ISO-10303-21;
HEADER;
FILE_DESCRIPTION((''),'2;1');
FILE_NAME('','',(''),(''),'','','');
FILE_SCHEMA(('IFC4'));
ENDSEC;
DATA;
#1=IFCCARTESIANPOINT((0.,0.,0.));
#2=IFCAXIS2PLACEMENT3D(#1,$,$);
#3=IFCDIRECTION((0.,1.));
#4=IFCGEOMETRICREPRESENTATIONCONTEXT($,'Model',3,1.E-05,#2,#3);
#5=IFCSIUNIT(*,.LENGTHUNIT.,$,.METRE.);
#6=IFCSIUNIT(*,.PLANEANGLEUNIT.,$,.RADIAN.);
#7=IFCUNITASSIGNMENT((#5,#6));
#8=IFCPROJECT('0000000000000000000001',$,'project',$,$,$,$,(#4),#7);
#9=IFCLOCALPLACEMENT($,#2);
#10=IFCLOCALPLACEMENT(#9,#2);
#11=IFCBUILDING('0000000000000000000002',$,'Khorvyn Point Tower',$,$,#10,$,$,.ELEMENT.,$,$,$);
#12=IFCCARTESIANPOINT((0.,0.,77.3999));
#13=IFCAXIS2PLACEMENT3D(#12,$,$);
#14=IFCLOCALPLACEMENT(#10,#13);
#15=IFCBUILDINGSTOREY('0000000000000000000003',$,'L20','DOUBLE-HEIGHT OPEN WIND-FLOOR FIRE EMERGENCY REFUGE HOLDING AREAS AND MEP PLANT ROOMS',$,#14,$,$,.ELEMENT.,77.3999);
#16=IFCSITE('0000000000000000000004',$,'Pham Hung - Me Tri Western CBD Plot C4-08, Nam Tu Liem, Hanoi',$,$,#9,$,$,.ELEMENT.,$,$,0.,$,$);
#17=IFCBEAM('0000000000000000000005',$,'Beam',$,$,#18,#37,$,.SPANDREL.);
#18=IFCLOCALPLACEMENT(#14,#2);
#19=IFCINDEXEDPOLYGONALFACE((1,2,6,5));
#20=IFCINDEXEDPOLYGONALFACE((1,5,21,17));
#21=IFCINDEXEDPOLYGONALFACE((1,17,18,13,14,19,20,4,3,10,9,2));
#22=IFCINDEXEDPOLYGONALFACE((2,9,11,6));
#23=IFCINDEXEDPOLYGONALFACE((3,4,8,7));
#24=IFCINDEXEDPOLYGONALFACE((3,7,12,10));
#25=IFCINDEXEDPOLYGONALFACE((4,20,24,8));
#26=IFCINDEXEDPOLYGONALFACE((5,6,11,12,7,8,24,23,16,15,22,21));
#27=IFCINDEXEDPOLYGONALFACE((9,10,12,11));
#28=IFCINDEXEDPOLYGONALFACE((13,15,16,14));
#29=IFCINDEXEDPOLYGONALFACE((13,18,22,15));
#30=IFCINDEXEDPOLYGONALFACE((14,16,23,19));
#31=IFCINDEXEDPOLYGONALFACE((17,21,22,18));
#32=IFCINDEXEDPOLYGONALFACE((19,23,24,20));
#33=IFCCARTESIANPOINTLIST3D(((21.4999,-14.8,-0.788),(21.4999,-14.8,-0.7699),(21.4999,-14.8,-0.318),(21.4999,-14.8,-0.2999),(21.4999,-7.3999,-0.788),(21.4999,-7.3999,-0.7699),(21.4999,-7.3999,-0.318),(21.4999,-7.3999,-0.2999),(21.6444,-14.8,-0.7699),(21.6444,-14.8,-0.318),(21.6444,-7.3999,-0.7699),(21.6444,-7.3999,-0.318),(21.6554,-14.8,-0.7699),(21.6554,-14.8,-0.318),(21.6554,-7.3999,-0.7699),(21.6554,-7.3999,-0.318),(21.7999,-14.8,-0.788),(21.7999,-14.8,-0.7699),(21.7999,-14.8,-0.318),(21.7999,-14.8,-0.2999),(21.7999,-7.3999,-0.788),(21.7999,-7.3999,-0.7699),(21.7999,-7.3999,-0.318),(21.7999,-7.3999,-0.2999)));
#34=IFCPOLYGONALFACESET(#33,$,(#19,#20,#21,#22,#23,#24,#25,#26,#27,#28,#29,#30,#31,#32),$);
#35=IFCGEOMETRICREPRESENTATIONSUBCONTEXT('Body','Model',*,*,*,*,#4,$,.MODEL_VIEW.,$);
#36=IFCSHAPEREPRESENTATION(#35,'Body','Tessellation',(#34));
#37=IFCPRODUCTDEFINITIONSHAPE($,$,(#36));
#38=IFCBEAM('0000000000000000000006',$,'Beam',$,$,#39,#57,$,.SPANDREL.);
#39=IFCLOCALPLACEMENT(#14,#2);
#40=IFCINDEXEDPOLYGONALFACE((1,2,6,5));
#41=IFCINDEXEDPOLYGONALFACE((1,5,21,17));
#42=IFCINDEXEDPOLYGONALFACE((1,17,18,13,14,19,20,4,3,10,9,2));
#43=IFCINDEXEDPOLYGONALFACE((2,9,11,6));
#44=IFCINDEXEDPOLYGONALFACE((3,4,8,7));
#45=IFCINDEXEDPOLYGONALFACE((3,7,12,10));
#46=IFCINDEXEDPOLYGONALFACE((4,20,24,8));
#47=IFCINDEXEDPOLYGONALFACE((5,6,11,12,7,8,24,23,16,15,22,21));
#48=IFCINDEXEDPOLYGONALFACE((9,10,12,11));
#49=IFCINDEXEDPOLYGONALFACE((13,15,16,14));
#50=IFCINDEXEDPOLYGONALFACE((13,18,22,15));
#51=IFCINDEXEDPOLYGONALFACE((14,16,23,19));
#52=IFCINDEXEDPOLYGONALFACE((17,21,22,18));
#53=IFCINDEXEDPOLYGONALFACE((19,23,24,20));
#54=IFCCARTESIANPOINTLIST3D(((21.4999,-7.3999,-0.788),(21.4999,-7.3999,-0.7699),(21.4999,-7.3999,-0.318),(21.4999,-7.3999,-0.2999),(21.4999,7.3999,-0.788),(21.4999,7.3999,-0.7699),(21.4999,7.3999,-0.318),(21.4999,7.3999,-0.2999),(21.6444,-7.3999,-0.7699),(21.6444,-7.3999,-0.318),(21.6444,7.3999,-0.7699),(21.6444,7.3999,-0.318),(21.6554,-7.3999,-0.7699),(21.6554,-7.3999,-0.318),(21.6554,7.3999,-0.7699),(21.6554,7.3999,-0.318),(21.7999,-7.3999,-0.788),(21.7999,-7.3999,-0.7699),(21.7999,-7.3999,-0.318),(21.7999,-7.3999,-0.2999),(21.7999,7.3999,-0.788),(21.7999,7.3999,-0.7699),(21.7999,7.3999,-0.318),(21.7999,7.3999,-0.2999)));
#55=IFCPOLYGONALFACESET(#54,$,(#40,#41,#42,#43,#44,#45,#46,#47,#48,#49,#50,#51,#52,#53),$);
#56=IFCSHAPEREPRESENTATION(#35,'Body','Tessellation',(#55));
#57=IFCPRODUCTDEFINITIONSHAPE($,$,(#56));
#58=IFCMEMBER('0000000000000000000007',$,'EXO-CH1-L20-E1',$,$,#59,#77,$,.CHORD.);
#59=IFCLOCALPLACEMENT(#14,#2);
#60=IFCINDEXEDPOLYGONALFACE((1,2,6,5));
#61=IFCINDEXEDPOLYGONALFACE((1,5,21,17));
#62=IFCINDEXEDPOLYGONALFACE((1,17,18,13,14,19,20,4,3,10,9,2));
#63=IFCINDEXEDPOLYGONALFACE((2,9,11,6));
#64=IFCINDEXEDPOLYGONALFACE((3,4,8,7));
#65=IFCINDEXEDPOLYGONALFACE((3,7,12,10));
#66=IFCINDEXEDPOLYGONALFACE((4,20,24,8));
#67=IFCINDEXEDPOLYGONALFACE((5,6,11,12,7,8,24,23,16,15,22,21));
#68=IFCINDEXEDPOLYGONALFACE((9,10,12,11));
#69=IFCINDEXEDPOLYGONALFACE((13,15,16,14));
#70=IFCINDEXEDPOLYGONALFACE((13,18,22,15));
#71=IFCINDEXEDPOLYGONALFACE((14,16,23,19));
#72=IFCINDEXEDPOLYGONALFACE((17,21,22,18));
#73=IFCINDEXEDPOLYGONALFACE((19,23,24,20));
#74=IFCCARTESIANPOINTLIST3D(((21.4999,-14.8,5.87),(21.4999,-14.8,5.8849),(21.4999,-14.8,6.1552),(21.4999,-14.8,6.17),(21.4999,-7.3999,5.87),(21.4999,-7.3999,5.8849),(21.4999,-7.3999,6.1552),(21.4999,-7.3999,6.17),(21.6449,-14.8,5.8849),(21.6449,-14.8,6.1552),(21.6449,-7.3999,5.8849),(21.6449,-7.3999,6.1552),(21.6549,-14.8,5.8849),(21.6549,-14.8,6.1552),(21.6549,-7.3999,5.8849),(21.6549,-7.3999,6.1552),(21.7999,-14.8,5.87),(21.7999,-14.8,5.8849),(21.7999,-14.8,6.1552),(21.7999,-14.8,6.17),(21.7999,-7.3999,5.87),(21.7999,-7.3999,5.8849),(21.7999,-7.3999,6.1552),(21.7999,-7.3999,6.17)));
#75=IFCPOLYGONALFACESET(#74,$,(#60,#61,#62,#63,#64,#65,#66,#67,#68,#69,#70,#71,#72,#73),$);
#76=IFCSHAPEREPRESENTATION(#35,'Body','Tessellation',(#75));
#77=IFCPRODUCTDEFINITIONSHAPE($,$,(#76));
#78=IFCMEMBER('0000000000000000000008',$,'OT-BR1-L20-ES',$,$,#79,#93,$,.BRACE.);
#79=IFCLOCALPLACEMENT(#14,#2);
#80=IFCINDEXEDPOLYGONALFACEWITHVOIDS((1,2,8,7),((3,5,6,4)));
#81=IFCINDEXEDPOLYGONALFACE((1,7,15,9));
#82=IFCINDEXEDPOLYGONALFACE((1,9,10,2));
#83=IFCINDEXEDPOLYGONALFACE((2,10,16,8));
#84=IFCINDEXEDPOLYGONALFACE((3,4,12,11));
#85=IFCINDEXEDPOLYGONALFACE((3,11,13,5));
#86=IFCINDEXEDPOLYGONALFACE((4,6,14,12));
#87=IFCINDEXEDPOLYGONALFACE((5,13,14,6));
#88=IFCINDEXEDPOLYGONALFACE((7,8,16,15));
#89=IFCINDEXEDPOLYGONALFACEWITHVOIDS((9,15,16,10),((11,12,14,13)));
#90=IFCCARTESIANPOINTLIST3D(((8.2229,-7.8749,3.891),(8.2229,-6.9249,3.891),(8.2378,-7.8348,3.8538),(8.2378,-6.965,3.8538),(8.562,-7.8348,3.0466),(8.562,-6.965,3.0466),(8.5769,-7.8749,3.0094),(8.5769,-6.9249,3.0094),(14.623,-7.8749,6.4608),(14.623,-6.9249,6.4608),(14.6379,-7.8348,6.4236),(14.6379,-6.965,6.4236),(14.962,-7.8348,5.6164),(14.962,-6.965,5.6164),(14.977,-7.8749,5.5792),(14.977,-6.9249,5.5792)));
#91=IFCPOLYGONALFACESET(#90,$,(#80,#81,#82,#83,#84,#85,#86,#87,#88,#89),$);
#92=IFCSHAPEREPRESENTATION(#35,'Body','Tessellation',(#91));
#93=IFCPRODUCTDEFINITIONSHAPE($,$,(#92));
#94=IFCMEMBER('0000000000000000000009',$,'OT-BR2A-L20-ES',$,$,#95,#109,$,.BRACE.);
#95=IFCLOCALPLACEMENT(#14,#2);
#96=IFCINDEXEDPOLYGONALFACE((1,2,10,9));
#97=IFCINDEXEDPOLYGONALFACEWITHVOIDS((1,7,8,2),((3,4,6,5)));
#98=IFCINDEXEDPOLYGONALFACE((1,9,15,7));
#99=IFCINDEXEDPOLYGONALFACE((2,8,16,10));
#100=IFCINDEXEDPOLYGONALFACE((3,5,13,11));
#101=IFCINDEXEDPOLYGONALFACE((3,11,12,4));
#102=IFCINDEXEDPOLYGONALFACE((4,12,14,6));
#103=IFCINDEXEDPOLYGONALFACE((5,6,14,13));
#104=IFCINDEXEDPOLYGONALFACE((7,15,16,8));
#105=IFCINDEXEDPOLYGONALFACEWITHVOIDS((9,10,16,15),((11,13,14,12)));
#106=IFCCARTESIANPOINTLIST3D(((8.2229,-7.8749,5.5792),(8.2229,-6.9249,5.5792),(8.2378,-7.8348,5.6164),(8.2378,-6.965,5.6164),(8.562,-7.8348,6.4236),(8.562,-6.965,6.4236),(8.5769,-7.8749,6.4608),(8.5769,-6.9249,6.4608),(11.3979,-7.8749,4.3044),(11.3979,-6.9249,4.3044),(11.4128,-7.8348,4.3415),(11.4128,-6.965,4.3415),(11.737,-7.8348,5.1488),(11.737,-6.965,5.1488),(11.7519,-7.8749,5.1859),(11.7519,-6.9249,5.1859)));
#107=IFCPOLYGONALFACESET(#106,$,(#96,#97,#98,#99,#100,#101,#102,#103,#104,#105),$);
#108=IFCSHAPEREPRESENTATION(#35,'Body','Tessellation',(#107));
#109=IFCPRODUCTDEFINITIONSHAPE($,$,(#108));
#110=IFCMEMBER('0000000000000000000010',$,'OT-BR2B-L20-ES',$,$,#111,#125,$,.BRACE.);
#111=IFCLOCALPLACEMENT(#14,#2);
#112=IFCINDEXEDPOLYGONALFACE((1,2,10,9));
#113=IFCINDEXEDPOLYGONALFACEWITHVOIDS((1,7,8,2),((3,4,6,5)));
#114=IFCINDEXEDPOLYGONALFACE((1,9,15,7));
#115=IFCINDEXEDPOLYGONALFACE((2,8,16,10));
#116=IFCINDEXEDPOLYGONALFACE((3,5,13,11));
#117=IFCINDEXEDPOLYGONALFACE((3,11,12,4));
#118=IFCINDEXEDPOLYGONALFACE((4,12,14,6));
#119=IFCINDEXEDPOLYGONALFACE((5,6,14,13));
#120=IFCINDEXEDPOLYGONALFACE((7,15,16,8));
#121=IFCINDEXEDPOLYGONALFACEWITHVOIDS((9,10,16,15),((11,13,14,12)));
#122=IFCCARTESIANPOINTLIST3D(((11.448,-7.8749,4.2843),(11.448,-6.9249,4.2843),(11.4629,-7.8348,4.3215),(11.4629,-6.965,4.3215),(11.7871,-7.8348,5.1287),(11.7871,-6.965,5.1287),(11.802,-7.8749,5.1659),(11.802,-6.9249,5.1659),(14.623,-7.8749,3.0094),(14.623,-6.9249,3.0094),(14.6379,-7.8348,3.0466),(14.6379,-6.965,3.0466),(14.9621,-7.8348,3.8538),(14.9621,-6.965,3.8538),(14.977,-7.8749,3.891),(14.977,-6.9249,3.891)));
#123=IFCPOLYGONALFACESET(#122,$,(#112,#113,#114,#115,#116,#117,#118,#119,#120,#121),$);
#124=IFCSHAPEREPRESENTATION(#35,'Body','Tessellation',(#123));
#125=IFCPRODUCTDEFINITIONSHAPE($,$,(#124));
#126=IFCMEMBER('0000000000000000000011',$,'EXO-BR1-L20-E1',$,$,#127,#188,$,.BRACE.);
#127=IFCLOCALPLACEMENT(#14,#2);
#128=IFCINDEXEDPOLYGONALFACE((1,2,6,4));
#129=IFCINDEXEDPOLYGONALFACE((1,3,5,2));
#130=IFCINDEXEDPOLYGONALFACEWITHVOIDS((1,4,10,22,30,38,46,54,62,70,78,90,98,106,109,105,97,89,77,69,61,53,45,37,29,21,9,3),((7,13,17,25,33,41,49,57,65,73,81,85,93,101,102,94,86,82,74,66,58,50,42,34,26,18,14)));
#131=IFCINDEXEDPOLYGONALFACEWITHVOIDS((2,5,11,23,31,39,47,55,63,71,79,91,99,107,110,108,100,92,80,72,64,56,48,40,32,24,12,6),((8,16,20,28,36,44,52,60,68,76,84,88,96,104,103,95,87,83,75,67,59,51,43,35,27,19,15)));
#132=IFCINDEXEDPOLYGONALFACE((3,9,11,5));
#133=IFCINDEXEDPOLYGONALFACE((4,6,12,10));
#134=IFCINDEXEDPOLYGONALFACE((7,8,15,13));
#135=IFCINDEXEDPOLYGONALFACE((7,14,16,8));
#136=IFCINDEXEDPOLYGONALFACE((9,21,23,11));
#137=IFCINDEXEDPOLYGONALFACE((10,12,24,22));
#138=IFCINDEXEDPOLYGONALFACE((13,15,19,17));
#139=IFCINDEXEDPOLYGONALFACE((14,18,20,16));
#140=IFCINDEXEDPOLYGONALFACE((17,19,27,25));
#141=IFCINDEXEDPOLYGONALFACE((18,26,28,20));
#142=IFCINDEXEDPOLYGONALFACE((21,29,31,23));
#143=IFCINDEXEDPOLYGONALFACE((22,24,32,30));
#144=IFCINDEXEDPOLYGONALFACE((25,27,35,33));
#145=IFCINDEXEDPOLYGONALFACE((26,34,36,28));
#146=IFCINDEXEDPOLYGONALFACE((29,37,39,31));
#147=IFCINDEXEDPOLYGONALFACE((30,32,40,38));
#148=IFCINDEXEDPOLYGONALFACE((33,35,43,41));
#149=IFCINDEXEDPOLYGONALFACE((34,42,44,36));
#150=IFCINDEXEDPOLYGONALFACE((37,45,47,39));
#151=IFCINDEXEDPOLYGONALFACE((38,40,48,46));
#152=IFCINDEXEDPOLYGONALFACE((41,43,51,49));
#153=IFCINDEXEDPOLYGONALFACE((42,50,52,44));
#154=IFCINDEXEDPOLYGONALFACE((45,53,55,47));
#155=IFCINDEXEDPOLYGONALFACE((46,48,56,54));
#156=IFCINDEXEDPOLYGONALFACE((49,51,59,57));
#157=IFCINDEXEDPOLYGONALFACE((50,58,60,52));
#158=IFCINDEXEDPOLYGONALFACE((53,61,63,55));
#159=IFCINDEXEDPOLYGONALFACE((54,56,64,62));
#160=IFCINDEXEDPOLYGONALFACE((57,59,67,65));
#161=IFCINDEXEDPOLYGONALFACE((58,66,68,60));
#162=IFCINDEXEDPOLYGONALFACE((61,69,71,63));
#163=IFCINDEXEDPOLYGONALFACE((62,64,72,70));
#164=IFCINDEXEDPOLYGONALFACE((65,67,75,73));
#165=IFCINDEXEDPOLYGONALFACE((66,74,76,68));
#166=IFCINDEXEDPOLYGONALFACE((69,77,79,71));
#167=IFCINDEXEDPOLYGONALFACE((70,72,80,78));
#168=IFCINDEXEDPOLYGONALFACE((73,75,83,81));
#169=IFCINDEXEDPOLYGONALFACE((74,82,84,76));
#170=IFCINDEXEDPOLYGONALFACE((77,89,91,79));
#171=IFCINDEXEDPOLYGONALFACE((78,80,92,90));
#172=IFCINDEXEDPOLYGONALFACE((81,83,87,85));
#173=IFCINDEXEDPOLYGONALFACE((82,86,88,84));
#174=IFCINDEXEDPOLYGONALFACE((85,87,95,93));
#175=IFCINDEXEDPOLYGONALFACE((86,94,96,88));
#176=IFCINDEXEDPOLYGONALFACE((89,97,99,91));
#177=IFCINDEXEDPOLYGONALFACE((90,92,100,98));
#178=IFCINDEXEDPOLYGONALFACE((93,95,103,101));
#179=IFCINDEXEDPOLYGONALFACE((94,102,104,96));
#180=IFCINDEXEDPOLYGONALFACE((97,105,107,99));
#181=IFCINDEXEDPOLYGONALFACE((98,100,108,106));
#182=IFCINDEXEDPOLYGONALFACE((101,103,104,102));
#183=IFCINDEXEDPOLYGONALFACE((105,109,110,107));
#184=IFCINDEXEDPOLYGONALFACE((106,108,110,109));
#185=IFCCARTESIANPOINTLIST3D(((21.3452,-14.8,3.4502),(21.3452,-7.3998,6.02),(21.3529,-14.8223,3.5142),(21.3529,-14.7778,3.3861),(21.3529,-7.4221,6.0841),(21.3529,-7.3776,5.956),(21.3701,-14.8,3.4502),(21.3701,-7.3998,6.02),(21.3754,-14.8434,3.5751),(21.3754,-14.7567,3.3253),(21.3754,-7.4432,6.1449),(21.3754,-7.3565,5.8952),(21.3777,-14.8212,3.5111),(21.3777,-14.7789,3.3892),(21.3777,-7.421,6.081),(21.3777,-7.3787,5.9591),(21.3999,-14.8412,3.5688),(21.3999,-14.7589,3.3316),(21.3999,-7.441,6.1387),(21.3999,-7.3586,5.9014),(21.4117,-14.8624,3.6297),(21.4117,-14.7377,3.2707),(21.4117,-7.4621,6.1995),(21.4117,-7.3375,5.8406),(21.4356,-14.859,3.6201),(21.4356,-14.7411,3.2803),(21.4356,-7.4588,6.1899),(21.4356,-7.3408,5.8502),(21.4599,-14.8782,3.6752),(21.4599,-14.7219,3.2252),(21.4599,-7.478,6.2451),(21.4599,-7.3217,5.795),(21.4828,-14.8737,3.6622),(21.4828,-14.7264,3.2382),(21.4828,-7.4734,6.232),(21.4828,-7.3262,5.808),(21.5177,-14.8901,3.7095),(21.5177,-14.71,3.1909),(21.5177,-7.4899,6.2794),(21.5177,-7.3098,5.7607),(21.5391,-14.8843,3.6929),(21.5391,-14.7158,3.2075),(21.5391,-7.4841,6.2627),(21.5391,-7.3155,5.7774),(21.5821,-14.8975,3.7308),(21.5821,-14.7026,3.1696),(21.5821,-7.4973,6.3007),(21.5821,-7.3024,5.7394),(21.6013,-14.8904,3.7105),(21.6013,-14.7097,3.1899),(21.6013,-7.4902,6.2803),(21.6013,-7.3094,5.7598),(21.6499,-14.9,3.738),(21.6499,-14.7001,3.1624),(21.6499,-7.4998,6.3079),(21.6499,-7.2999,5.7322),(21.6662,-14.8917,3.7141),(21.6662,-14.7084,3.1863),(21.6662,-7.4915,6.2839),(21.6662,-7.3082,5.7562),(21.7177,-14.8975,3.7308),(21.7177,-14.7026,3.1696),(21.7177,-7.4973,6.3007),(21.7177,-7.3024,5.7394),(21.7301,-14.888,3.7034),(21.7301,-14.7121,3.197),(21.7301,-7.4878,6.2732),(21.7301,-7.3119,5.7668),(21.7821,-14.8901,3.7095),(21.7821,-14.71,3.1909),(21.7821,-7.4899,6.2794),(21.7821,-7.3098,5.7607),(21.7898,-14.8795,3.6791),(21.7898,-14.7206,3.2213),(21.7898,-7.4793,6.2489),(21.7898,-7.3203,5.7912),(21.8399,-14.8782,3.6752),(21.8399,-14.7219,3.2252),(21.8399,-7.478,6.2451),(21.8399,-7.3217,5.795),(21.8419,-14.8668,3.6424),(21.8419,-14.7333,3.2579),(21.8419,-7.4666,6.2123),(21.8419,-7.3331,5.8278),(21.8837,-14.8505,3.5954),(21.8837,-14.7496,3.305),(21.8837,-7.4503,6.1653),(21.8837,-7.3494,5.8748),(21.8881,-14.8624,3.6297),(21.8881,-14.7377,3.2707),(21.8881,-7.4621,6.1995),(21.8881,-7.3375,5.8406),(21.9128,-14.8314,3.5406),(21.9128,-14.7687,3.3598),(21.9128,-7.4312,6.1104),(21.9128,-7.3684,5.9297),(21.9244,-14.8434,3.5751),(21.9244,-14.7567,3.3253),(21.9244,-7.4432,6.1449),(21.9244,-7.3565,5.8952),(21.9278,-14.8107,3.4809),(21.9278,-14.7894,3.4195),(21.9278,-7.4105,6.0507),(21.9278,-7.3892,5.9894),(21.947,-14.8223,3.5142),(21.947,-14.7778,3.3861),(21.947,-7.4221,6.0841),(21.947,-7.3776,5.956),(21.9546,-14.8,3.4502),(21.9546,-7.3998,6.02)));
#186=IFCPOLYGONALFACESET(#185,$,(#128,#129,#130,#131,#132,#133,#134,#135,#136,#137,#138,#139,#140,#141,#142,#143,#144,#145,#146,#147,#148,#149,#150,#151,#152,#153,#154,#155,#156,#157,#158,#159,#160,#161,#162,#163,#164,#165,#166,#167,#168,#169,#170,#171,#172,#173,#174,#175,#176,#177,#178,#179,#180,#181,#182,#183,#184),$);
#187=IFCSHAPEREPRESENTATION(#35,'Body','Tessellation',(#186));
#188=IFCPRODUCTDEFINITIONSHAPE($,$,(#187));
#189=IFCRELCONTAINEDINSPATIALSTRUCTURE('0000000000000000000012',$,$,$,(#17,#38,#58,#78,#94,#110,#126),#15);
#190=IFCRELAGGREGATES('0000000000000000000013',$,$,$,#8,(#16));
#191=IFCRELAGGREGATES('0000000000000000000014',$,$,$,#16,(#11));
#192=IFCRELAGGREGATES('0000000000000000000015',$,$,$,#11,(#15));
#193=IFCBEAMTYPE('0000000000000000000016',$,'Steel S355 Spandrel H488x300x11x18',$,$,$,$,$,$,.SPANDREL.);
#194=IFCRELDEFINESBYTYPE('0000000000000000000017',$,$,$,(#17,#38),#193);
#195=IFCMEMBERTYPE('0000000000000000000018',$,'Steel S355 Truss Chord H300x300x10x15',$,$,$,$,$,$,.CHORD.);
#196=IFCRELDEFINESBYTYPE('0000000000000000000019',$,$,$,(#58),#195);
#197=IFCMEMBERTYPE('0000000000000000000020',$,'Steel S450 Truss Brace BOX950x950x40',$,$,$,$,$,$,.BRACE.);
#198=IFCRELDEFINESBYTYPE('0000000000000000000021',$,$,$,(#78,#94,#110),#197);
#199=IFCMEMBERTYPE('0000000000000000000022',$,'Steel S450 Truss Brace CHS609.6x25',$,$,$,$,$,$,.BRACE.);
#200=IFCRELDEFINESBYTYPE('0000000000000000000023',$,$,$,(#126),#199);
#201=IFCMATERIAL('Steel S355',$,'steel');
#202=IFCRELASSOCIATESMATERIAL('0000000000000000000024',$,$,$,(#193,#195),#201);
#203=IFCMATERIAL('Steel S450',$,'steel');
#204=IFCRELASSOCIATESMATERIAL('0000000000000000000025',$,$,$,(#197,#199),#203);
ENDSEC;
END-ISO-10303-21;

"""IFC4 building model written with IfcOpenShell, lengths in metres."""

from ifc_helpers import new_model, si_unit, direction, frame, origin, origin_2d, place, context, subcontext, project, spatial, hollow_rectangle, hollow_circle, i_section, extrude, material, material_profile, profile_set, type_object, element, save


model = new_model("IFC4")

# Units and contexts
model_context = context("Model", 3, precision=1e-05, world=origin(), true_north=direction((0.0, 1.0)))
body_context = subcontext(model_context, "Body", "Model", "MODEL_VIEW")
ifc_project = project(units=[si_unit("LENGTHUNIT", "METRE"), si_unit("PLANEANGLEUNIT", "RADIAN")], contexts=[model_context])

# Site, building, storey
site_placement = place(None, origin())
site = spatial("IfcSite", under=ifc_project, at=site_placement, Name="Pham Hung - Me Tri Western CBD Plot C4-08, Nam Tu Liem, Hanoi", CompositionType="ELEMENT", RefElevation=0.0)
building_placement = place(site_placement, origin())
building = spatial("IfcBuilding", under=site, at=building_placement, Name="Khorvyn Point Tower", CompositionType="ELEMENT")
storey_placement = place(building_placement, frame((0.0, 0.0, 77.3999)))
storey = spatial("IfcBuildingStorey", under=building, at=storey_placement, Name="L20", Description="DOUBLE-HEIGHT OPEN WIND-FLOOR FIRE EMERGENCY REFUGE HOLDING AREAS AND MEP PLANT ROOMS", CompositionType="ELEMENT", Elevation=77.3999)

# Shared definitions
ifc_material_1 = material(Name="Steel S450", Category="steel")

# Beams
ifc_material_2 = material(Name="Steel S355", Category="steel")
ifc_material_profile_1 = material_profile(ifc_material_2, i_section(OverallWidth=0.3, OverallDepth=0.488, WebThickness=0.011, FlangeThickness=0.0181, at=origin_2d()))
ifc_profile_set_1 = profile_set([ifc_material_profile_1], Name="Steel S355 H488x300x11x18")
beam_type_1 = type_object("IfcBeamType", Name="Steel S355 Spandrel H488x300x11x18", PredefinedType="SPANDREL", material=ifc_profile_set_1)
beam_1_placement = place(storey_placement, frame((21.6499, -14.8, -0.5439), z_axis=(0.0, 1.0, 0.0), x_axis=(-1.0, 0.0, 0.0)))
element("IfcBeam", 1, at=beam_1_placement, inside=storey, type_object=beam_type_1, Name="Beam", PredefinedType="SPANDREL", context=body_context, shape_type="SweptSolid", body=[
    extrude(i_section(OverallWidth=0.3, OverallDepth=0.488, WebThickness=0.011, FlangeThickness=0.0181, at=origin_2d()), origin(), (0.0, 0.0, 1.0), 7.4001),
])
beam_2_placement = place(storey_placement, frame((21.6499, -7.3999, -0.5439), z_axis=(0.0, 1.0, 0.0), x_axis=(-1.0, 0.0, 0.0)))
element("IfcBeam", 2, at=beam_2_placement, inside=storey, type_object=beam_type_1, Name="Beam", PredefinedType="SPANDREL", context=body_context, shape_type="SweptSolid", body=[
    extrude(i_section(OverallWidth=0.3, OverallDepth=0.488, WebThickness=0.011, FlangeThickness=0.0181, at=origin_2d()), origin(), (0.0, 0.0, 1.0), 14.7998),
])

# Members
ifc_material_profile_2 = material_profile(ifc_material_2, i_section(OverallWidth=0.3, OverallDepth=0.3, WebThickness=0.01, FlangeThickness=0.0149, at=origin_2d()))
ifc_profile_set_2 = profile_set([ifc_material_profile_2], Name="Steel S355 H300x300x10x15")
member_type_1 = type_object("IfcMemberType", Name="Steel S355 Truss Chord H300x300x10x15", PredefinedType="CHORD", material=ifc_profile_set_2)
member_1_placement = place(storey_placement, frame((21.6499, -14.8, 6.02), z_axis=(0.0, 1.0, 0.0), x_axis=(-1.0, 0.0, 0.0)))
element("IfcMember", 3, at=member_1_placement, inside=storey, type_object=member_type_1, Name="EXO-CH1-L20-E1", PredefinedType="CHORD", context=body_context, shape_type="SweptSolid", body=[
    extrude(i_section(OverallWidth=0.3, OverallDepth=0.3, WebThickness=0.01, FlangeThickness=0.0149, at=origin_2d()), origin(), (0.0, 0.0, 1.0), 7.4001),
])
ifc_material_profile_3 = material_profile(ifc_material_1, hollow_rectangle(XDim=0.95, YDim=0.95, WallThickness=0.04, at=origin_2d()))
ifc_profile_set_3 = profile_set([ifc_material_profile_3], Name="Steel S450 BOX950x950x40")
member_type_2 = type_object("IfcMemberType", Name="Steel S450 Truss Brace BOX950x950x40", PredefinedType="BRACE", material=ifc_profile_set_3)
member_2_placement = place(storey_placement, frame((8.3999, -7.3999, 3.4502), z_axis=(0.927988, 0.0, 0.372611), x_axis=(0.0, 1.0, 0.0)))
element("IfcMember", 4, at=member_2_placement, inside=storey, type_object=member_type_2, Name="OT-BR1-L20-ES", PredefinedType="BRACE", context=body_context, shape_type="SweptSolid", body=[
    extrude(hollow_rectangle(XDim=0.95, YDim=0.95, WallThickness=0.04, at=origin_2d()), origin(), (0.0, 0.0, 1.0), 6.8967),
])
for number, where, z_axis, x_axis, name in (
    (5, (8.3999, -7.3999, 6.02), (0.927984, 0.0, -0.372621), (0.0, 1.0, 0.0), "OT-BR2A-L20-ES"),
    (6, (11.625, -7.3999, 4.7251), (0.927984, 0.0, -0.372621), (0.0, 1.0, 0.0), "OT-BR2B-L20-ES"),
):
    element("IfcMember", number, at=place(storey_placement, frame(where, z_axis=z_axis, x_axis=x_axis)), inside=storey, type_object=member_type_2, Name=name, PredefinedType="BRACE", context=body_context, shape_type="SweptSolid", body=[
        extrude(hollow_rectangle(XDim=0.95, YDim=0.95, WallThickness=0.04, at=origin_2d()), origin(), (0.0, 0.0, 1.0), 3.4214),
    ])
ifc_material_profile_4 = material_profile(ifc_material_1, hollow_circle(Radius=0.3047, WallThickness=0.0249, at=origin_2d()))
ifc_profile_set_4 = profile_set([ifc_material_profile_4], Name="Steel S450 CHS609.6x25")
member_type_3 = type_object("IfcMemberType", Name="Steel S450 Truss Brace CHS609.6x25", PredefinedType="BRACE", material=ifc_profile_set_4)
member_3_placement = place(storey_placement, frame((21.6499, -14.8, 3.4502), z_axis=(0.0, 0.944661, 0.328049), x_axis=(-1.0, 0.0, 0.0)))
element("IfcMember", 7, at=member_3_placement, inside=storey, type_object=member_type_3, Name="EXO-BR1-L20-E1", PredefinedType="BRACE", context=body_context, shape_type="SweptSolid", body=[
    extrude(hollow_circle(Radius=0.3047, WallThickness=0.0249, at=origin_2d()), origin(), (0.0, 0.0, 1.0), 7.8337),
])

save(model, "model.ifc")
